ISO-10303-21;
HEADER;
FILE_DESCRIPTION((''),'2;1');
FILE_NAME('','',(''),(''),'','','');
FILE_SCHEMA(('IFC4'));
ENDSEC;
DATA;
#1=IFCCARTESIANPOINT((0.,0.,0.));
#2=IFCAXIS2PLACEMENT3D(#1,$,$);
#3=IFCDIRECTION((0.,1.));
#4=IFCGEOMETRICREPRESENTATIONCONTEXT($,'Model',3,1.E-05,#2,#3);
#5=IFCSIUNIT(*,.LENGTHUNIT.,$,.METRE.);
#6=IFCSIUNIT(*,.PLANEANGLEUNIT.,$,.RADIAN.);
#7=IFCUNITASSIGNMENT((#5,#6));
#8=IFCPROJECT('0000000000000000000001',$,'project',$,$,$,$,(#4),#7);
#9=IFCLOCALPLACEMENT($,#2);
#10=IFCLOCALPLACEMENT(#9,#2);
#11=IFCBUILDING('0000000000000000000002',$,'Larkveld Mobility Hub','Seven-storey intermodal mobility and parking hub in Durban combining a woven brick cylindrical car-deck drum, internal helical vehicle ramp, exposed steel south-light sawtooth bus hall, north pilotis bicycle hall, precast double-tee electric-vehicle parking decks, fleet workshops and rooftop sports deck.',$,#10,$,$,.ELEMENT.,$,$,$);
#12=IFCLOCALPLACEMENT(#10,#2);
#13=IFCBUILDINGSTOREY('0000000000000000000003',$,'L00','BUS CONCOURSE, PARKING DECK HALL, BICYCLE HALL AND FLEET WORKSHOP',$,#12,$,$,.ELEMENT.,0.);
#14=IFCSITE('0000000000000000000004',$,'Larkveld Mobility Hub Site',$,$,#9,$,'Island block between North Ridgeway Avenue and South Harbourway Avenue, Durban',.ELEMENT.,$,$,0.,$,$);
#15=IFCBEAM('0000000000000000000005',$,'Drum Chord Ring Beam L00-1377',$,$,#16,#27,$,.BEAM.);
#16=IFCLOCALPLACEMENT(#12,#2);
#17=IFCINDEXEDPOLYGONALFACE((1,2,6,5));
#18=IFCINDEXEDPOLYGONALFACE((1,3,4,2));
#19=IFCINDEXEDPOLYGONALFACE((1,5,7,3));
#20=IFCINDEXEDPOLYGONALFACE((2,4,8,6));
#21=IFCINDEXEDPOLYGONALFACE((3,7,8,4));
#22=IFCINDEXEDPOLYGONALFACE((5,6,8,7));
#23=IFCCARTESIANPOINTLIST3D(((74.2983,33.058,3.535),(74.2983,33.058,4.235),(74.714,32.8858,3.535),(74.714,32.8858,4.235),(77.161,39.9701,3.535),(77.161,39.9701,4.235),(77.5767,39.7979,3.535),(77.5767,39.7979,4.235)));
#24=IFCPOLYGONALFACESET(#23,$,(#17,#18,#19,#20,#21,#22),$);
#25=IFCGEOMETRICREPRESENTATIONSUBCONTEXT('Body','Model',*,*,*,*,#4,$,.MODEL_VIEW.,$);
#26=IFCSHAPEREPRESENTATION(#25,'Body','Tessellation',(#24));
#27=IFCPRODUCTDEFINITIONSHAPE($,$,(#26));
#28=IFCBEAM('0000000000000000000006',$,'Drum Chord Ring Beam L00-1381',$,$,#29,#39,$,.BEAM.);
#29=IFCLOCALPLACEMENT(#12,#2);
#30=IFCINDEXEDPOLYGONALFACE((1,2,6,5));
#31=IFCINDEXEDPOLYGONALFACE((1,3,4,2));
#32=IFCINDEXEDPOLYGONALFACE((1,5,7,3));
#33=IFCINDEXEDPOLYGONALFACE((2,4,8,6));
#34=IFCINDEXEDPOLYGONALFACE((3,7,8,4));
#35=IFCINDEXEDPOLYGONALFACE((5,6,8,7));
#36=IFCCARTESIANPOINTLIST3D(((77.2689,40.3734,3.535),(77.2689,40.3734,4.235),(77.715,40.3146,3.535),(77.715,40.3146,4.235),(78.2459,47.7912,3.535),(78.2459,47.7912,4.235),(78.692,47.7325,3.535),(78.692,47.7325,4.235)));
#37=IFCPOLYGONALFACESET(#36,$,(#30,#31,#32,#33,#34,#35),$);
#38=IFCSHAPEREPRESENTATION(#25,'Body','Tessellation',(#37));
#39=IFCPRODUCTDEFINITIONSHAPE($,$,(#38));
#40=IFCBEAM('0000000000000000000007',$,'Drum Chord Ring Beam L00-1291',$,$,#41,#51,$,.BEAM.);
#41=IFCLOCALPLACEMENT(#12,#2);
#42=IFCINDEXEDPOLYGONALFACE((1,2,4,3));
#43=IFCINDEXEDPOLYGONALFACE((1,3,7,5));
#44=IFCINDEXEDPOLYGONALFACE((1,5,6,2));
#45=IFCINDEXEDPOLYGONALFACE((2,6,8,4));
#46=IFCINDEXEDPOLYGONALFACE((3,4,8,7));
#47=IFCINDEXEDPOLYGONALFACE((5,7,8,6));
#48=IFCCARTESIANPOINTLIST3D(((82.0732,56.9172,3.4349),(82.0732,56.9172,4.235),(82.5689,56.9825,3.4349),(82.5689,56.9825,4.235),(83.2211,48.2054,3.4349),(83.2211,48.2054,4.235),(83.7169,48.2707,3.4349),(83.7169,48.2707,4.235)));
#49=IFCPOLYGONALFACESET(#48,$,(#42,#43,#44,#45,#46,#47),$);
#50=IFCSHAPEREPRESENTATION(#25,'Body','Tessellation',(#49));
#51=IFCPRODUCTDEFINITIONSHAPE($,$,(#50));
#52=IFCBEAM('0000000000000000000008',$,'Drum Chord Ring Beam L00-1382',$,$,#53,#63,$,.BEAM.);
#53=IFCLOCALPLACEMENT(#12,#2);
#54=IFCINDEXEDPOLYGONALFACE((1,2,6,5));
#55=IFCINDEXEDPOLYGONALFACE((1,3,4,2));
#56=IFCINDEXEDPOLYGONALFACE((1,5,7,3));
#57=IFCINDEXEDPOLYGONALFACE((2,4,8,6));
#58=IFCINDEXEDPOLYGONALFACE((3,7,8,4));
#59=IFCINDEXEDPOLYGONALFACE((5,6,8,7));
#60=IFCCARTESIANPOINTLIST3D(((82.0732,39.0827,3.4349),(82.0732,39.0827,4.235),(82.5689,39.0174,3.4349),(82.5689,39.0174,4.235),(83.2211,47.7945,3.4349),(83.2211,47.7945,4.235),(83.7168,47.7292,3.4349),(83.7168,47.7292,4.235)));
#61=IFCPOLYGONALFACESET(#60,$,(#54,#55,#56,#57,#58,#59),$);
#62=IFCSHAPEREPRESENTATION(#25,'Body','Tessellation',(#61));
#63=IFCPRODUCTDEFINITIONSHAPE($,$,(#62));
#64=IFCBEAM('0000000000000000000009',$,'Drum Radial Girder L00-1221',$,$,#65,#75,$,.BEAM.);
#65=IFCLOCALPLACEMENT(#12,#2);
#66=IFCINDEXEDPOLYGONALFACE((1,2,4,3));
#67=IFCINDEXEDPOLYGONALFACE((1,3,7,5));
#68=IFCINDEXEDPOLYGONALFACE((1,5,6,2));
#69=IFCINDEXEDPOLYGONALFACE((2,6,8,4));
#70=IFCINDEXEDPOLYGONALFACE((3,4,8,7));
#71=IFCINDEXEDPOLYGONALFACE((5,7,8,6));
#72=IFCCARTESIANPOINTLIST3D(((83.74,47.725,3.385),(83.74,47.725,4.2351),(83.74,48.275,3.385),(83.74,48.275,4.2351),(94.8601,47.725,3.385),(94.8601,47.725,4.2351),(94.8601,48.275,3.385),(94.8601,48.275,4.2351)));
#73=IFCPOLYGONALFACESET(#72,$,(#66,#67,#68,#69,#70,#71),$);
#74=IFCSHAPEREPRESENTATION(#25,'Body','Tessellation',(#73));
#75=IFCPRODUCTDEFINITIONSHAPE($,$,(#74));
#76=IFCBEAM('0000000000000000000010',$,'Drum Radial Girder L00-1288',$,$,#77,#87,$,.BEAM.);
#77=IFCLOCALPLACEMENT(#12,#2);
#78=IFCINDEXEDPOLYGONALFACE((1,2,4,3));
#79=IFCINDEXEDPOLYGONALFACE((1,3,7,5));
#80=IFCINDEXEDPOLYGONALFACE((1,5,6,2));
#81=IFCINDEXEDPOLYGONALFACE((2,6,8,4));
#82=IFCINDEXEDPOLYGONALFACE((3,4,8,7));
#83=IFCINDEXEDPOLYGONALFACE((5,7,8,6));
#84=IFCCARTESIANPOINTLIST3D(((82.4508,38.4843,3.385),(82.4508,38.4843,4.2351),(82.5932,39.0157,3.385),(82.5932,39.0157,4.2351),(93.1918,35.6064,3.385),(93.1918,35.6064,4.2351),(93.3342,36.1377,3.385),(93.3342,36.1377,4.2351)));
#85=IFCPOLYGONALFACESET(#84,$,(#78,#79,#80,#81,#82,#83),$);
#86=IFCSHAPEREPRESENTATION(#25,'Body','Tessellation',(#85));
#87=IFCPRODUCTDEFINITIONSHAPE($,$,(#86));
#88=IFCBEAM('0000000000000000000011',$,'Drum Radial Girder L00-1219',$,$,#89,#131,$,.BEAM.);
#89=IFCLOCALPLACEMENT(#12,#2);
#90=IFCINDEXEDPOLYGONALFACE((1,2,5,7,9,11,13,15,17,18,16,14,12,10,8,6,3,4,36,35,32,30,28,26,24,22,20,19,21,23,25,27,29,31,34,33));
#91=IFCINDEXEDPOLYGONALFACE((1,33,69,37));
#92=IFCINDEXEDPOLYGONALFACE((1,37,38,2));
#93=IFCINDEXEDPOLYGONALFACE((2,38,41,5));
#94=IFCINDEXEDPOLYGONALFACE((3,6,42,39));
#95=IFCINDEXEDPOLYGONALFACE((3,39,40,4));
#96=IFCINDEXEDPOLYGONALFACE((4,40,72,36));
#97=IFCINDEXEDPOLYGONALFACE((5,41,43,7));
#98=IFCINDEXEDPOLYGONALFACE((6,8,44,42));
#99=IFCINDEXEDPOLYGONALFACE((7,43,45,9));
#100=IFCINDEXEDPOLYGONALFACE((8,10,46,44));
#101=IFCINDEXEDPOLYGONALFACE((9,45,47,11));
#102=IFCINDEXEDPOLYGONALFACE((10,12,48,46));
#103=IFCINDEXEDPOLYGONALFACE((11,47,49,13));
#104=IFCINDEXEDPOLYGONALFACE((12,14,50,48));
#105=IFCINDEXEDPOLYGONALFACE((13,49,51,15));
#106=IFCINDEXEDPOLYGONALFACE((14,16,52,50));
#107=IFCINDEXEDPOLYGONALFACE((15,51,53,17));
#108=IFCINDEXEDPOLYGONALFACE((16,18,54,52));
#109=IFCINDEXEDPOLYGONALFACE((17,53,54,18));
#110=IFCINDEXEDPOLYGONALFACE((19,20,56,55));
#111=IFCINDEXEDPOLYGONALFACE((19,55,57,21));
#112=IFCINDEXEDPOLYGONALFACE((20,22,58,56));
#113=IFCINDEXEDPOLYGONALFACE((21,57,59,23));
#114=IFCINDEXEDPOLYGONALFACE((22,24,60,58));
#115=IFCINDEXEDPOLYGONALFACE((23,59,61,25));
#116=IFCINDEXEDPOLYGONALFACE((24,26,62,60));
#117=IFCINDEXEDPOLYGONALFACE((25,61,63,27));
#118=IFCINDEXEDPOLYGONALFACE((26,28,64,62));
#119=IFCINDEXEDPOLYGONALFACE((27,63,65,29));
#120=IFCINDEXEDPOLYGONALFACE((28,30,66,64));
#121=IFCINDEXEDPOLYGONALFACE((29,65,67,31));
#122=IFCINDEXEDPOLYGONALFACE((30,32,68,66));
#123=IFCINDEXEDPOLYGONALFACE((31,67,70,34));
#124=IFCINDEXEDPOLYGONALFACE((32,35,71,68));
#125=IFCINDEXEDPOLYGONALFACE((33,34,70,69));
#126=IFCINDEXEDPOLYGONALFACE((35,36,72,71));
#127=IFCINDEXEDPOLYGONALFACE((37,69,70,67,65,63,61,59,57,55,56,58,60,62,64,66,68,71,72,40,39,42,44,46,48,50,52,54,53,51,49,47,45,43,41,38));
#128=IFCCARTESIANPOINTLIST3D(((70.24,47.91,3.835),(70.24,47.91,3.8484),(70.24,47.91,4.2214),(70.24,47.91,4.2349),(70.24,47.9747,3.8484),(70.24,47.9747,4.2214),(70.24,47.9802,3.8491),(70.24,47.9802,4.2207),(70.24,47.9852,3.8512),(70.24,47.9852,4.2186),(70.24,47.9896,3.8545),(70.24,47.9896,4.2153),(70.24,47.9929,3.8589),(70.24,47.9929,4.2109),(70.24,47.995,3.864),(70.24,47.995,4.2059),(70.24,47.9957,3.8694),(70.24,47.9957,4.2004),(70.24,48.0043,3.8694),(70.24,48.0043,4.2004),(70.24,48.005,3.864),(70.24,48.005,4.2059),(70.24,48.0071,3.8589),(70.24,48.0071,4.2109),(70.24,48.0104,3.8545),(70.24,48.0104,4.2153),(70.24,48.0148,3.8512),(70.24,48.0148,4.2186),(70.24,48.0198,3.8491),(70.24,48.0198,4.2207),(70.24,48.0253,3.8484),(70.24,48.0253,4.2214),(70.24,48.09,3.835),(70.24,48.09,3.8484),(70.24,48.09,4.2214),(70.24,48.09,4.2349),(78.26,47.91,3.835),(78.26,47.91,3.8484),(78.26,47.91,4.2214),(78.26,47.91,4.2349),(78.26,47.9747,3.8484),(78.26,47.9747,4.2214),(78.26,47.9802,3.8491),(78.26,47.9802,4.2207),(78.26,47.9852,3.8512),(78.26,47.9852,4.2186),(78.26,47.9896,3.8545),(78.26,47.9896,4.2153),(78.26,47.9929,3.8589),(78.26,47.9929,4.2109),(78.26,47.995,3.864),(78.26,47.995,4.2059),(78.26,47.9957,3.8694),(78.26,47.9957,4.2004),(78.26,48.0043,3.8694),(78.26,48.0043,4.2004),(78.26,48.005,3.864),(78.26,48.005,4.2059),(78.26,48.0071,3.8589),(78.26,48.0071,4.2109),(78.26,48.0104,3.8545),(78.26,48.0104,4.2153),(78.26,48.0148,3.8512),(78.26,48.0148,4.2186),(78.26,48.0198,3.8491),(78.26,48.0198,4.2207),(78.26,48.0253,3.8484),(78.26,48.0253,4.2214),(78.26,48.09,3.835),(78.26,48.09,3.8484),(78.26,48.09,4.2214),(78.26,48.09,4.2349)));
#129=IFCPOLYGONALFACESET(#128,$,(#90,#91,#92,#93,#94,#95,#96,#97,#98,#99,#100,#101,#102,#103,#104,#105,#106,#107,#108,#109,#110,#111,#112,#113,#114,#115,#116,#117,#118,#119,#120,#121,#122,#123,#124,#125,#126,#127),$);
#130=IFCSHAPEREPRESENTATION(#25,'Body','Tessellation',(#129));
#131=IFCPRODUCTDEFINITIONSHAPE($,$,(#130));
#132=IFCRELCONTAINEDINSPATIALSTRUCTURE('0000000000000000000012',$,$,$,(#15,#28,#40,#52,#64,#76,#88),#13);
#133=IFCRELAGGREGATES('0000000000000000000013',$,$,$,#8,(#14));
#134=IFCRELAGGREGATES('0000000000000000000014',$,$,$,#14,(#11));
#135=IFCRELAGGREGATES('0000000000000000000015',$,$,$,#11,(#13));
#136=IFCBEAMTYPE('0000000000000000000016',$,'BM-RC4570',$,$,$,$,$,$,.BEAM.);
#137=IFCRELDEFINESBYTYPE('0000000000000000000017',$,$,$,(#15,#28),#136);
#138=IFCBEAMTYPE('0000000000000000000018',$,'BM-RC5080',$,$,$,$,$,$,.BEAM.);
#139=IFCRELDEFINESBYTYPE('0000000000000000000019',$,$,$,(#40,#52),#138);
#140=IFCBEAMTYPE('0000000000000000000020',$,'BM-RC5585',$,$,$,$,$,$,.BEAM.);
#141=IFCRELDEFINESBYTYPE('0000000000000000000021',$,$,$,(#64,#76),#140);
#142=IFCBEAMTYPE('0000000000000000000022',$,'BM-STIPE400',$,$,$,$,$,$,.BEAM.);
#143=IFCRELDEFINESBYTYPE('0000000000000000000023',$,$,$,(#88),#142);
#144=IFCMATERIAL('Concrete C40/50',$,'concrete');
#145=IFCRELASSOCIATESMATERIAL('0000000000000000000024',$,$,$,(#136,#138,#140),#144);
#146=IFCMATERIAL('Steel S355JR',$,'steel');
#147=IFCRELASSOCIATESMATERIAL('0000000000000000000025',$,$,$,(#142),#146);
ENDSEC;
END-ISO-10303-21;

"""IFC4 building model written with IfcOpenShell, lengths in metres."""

from ifc_helpers import new_model, si_unit, direction, frame, origin, origin_2d, place, context, subcontext, project, spatial, rectangle, i_section, extrude, material, material_profile, profile_set, type_object, element, save


model = new_model("IFC4")

# Units and contexts
model_context = context("Model", 3, precision=1e-05, world=origin(), true_north=direction((0.0, 1.0)))
body_context = subcontext(model_context, "Body", "Model", "MODEL_VIEW")
ifc_project = project(units=[si_unit("LENGTHUNIT", "METRE"), si_unit("PLANEANGLEUNIT", "RADIAN")], contexts=[model_context])

# Site, building, storey
site_placement = place(None, origin())
site = spatial("IfcSite", under=ifc_project, at=site_placement, Name="Larkveld Mobility Hub Site", LongName="Island block between North Ridgeway Avenue and South Harbourway Avenue, Durban", CompositionType="ELEMENT", RefElevation=0.0)
building_placement = place(site_placement, origin())
building = spatial("IfcBuilding", under=site, at=building_placement, Name="Larkveld Mobility Hub", Description="Seven-storey intermodal mobility and parking hub in Durban combining a woven brick cylindrical car-deck drum, internal helical vehicle ramp, exposed steel south-light sawtooth bus hall, north pilotis bicycle hall, precast double-tee electric-vehicle parking decks, fleet workshops and rooftop sports deck.", CompositionType="ELEMENT")
storey_placement = place(building_placement, origin())
storey = spatial("IfcBuildingStorey", under=building, at=storey_placement, Name="L00", Description="BUS CONCOURSE, PARKING DECK HALL, BICYCLE HALL AND FLEET WORKSHOP", CompositionType="ELEMENT", Elevation=0.0)

# Shared definitions
ifc_material_1 = material(Name="Concrete C40/50", Category="concrete")

# Beams
ifc_material_profile_1 = material_profile(ifc_material_1, rectangle(XDim=0.45, YDim=0.7, at=origin_2d()), Name="RC BM 450x700")
ifc_profile_set_1 = profile_set([ifc_material_profile_1], Name="Concrete C40/50")
beam_type_1 = type_object("IfcBeamType", Name="BM-RC4570", PredefinedType="BEAM", material=ifc_profile_set_1)
beam_1_placement = place(storey_placement, frame((74.5061, 32.9719, 3.885), z_axis=(0.38265, 0.923894, 0.0), x_axis=(-0.923894, 0.38265, 0.0)))
element("IfcBeam", 1, at=beam_1_placement, inside=storey, type_object=beam_type_1, Name="Drum Chord Ring Beam L00-1377", PredefinedType="BEAM", context=body_context, shape_type="SweptSolid", body=[
    extrude(rectangle(XDim=0.45, YDim=0.7, at=origin_2d()), origin(), (0.0, 0.0, 1.0), 7.4814),
])
beam_2_placement = place(storey_placement, frame((77.4919, 40.344, 3.885), z_axis=(0.130586, 0.991437, 0.0), x_axis=(-0.991437, 0.130586, 0.0)))
element("IfcBeam", 2, at=beam_2_placement, inside=storey, type_object=beam_type_1, Name="Drum Chord Ring Beam L00-1381", PredefinedType="BEAM", context=body_context, shape_type="SweptSolid", body=[
    extrude(rectangle(XDim=0.45, YDim=0.7, at=origin_2d()), origin(), (0.0, 0.0, 1.0), 7.4819),
])
ifc_material_profile_2 = material_profile(ifc_material_1, rectangle(XDim=0.5, YDim=0.8, at=origin_2d()), Name="RC BM 500x800")
ifc_profile_set_2 = profile_set([ifc_material_profile_2], Name="Concrete C40/50")
beam_type_2 = type_object("IfcBeamType", Name="BM-RC5080", PredefinedType="BEAM", material=ifc_profile_set_2)
for number, where, z_axis, x_axis, name in (
    (3, (83.469, 48.238, 3.835), (-0.130638, 0.99143, 0.0), (-0.99143, -0.130638, 0.0), "Drum Chord Ring Beam L00-1291"),
    (4, (82.321, 39.05, 3.835), (0.130638, 0.99143, 0.0), (-0.99143, 0.130638, 0.0), "Drum Chord Ring Beam L00-1382"),
):
    element("IfcBeam", number, at=place(storey_placement, frame(where, z_axis=z_axis, x_axis=x_axis)), inside=storey, type_object=beam_type_2, Name=name, PredefinedType="BEAM", context=body_context, shape_type="SweptSolid", body=[
        extrude(rectangle(XDim=0.5, YDim=0.8, at=origin_2d()), origin(), (0.0, 0.0, 1.0), 8.7871),
    ])
ifc_material_profile_3 = material_profile(ifc_material_1, rectangle(XDim=0.55, YDim=0.8501, at=origin_2d()), Name="RC BM 550x850")
ifc_profile_set_3 = profile_set([ifc_material_profile_3], Name="Concrete C40/50")
beam_type_3 = type_object("IfcBeamType", Name="BM-RC5585", PredefinedType="BEAM", material=ifc_profile_set_3)
beam_3_placement = place(storey_placement, frame((83.74, 48.0, 3.8101), z_axis=(1.0, 0.0, 0.0), x_axis=(0.0, 1.0, 0.0)))
element("IfcBeam", 5, at=beam_3_placement, inside=storey, type_object=beam_type_3, Name="Drum Radial Girder L00-1221", PredefinedType="BEAM", context=body_context, shape_type="SweptSolid", body=[
    extrude(rectangle(XDim=0.55, YDim=0.8501, at=origin_2d()), origin(), (0.0, 0.0, 1.0), 11.1201),
])
beam_4_placement = place(storey_placement, frame((82.522, 38.75, 3.8101), z_axis=(0.965928, -0.25881, 0.0), x_axis=(0.25881, 0.965928, 0.0)))
element("IfcBeam", 6, at=beam_4_placement, inside=storey, type_object=beam_type_3, Name="Drum Radial Girder L00-1288", PredefinedType="BEAM", context=body_context, shape_type="SweptSolid", body=[
    extrude(rectangle(XDim=0.55, YDim=0.8501, at=origin_2d()), origin(), (0.0, 0.0, 1.0), 11.1199),
])
ifc_material_2 = material(Name="Steel S355JR", Category="steel")
ifc_material_profile_4 = material_profile(ifc_material_2, i_section(OverallWidth=0.1799, OverallDepth=0.3999, WebThickness=0.0085, FlangeThickness=0.0134, FilletRadius=0.021, at=origin_2d()), Name="IPE 400")
ifc_profile_set_4 = profile_set([ifc_material_profile_4], Name="Steel S355JR")
beam_type_4 = type_object("IfcBeamType", Name="BM-STIPE400", PredefinedType="BEAM", material=ifc_profile_set_4)
beam_5_placement = place(storey_placement, frame((70.24, 48.0, 4.0349), z_axis=(1.0, 0.0, 0.0), x_axis=(0.0, 1.0, 0.0)))
element("IfcBeam", 7, at=beam_5_placement, inside=storey, type_object=beam_type_4, Name="Drum Radial Girder L00-1219", PredefinedType="BEAM", context=body_context, shape_type="SweptSolid", body=[
    extrude(i_section(OverallWidth=0.1799, OverallDepth=0.3999, WebThickness=0.0085, FlangeThickness=0.0134, FilletRadius=0.021, at=origin_2d()), origin(), (0.0, 0.0, 1.0), 8.02),
])

save(model, "model.ifc")
